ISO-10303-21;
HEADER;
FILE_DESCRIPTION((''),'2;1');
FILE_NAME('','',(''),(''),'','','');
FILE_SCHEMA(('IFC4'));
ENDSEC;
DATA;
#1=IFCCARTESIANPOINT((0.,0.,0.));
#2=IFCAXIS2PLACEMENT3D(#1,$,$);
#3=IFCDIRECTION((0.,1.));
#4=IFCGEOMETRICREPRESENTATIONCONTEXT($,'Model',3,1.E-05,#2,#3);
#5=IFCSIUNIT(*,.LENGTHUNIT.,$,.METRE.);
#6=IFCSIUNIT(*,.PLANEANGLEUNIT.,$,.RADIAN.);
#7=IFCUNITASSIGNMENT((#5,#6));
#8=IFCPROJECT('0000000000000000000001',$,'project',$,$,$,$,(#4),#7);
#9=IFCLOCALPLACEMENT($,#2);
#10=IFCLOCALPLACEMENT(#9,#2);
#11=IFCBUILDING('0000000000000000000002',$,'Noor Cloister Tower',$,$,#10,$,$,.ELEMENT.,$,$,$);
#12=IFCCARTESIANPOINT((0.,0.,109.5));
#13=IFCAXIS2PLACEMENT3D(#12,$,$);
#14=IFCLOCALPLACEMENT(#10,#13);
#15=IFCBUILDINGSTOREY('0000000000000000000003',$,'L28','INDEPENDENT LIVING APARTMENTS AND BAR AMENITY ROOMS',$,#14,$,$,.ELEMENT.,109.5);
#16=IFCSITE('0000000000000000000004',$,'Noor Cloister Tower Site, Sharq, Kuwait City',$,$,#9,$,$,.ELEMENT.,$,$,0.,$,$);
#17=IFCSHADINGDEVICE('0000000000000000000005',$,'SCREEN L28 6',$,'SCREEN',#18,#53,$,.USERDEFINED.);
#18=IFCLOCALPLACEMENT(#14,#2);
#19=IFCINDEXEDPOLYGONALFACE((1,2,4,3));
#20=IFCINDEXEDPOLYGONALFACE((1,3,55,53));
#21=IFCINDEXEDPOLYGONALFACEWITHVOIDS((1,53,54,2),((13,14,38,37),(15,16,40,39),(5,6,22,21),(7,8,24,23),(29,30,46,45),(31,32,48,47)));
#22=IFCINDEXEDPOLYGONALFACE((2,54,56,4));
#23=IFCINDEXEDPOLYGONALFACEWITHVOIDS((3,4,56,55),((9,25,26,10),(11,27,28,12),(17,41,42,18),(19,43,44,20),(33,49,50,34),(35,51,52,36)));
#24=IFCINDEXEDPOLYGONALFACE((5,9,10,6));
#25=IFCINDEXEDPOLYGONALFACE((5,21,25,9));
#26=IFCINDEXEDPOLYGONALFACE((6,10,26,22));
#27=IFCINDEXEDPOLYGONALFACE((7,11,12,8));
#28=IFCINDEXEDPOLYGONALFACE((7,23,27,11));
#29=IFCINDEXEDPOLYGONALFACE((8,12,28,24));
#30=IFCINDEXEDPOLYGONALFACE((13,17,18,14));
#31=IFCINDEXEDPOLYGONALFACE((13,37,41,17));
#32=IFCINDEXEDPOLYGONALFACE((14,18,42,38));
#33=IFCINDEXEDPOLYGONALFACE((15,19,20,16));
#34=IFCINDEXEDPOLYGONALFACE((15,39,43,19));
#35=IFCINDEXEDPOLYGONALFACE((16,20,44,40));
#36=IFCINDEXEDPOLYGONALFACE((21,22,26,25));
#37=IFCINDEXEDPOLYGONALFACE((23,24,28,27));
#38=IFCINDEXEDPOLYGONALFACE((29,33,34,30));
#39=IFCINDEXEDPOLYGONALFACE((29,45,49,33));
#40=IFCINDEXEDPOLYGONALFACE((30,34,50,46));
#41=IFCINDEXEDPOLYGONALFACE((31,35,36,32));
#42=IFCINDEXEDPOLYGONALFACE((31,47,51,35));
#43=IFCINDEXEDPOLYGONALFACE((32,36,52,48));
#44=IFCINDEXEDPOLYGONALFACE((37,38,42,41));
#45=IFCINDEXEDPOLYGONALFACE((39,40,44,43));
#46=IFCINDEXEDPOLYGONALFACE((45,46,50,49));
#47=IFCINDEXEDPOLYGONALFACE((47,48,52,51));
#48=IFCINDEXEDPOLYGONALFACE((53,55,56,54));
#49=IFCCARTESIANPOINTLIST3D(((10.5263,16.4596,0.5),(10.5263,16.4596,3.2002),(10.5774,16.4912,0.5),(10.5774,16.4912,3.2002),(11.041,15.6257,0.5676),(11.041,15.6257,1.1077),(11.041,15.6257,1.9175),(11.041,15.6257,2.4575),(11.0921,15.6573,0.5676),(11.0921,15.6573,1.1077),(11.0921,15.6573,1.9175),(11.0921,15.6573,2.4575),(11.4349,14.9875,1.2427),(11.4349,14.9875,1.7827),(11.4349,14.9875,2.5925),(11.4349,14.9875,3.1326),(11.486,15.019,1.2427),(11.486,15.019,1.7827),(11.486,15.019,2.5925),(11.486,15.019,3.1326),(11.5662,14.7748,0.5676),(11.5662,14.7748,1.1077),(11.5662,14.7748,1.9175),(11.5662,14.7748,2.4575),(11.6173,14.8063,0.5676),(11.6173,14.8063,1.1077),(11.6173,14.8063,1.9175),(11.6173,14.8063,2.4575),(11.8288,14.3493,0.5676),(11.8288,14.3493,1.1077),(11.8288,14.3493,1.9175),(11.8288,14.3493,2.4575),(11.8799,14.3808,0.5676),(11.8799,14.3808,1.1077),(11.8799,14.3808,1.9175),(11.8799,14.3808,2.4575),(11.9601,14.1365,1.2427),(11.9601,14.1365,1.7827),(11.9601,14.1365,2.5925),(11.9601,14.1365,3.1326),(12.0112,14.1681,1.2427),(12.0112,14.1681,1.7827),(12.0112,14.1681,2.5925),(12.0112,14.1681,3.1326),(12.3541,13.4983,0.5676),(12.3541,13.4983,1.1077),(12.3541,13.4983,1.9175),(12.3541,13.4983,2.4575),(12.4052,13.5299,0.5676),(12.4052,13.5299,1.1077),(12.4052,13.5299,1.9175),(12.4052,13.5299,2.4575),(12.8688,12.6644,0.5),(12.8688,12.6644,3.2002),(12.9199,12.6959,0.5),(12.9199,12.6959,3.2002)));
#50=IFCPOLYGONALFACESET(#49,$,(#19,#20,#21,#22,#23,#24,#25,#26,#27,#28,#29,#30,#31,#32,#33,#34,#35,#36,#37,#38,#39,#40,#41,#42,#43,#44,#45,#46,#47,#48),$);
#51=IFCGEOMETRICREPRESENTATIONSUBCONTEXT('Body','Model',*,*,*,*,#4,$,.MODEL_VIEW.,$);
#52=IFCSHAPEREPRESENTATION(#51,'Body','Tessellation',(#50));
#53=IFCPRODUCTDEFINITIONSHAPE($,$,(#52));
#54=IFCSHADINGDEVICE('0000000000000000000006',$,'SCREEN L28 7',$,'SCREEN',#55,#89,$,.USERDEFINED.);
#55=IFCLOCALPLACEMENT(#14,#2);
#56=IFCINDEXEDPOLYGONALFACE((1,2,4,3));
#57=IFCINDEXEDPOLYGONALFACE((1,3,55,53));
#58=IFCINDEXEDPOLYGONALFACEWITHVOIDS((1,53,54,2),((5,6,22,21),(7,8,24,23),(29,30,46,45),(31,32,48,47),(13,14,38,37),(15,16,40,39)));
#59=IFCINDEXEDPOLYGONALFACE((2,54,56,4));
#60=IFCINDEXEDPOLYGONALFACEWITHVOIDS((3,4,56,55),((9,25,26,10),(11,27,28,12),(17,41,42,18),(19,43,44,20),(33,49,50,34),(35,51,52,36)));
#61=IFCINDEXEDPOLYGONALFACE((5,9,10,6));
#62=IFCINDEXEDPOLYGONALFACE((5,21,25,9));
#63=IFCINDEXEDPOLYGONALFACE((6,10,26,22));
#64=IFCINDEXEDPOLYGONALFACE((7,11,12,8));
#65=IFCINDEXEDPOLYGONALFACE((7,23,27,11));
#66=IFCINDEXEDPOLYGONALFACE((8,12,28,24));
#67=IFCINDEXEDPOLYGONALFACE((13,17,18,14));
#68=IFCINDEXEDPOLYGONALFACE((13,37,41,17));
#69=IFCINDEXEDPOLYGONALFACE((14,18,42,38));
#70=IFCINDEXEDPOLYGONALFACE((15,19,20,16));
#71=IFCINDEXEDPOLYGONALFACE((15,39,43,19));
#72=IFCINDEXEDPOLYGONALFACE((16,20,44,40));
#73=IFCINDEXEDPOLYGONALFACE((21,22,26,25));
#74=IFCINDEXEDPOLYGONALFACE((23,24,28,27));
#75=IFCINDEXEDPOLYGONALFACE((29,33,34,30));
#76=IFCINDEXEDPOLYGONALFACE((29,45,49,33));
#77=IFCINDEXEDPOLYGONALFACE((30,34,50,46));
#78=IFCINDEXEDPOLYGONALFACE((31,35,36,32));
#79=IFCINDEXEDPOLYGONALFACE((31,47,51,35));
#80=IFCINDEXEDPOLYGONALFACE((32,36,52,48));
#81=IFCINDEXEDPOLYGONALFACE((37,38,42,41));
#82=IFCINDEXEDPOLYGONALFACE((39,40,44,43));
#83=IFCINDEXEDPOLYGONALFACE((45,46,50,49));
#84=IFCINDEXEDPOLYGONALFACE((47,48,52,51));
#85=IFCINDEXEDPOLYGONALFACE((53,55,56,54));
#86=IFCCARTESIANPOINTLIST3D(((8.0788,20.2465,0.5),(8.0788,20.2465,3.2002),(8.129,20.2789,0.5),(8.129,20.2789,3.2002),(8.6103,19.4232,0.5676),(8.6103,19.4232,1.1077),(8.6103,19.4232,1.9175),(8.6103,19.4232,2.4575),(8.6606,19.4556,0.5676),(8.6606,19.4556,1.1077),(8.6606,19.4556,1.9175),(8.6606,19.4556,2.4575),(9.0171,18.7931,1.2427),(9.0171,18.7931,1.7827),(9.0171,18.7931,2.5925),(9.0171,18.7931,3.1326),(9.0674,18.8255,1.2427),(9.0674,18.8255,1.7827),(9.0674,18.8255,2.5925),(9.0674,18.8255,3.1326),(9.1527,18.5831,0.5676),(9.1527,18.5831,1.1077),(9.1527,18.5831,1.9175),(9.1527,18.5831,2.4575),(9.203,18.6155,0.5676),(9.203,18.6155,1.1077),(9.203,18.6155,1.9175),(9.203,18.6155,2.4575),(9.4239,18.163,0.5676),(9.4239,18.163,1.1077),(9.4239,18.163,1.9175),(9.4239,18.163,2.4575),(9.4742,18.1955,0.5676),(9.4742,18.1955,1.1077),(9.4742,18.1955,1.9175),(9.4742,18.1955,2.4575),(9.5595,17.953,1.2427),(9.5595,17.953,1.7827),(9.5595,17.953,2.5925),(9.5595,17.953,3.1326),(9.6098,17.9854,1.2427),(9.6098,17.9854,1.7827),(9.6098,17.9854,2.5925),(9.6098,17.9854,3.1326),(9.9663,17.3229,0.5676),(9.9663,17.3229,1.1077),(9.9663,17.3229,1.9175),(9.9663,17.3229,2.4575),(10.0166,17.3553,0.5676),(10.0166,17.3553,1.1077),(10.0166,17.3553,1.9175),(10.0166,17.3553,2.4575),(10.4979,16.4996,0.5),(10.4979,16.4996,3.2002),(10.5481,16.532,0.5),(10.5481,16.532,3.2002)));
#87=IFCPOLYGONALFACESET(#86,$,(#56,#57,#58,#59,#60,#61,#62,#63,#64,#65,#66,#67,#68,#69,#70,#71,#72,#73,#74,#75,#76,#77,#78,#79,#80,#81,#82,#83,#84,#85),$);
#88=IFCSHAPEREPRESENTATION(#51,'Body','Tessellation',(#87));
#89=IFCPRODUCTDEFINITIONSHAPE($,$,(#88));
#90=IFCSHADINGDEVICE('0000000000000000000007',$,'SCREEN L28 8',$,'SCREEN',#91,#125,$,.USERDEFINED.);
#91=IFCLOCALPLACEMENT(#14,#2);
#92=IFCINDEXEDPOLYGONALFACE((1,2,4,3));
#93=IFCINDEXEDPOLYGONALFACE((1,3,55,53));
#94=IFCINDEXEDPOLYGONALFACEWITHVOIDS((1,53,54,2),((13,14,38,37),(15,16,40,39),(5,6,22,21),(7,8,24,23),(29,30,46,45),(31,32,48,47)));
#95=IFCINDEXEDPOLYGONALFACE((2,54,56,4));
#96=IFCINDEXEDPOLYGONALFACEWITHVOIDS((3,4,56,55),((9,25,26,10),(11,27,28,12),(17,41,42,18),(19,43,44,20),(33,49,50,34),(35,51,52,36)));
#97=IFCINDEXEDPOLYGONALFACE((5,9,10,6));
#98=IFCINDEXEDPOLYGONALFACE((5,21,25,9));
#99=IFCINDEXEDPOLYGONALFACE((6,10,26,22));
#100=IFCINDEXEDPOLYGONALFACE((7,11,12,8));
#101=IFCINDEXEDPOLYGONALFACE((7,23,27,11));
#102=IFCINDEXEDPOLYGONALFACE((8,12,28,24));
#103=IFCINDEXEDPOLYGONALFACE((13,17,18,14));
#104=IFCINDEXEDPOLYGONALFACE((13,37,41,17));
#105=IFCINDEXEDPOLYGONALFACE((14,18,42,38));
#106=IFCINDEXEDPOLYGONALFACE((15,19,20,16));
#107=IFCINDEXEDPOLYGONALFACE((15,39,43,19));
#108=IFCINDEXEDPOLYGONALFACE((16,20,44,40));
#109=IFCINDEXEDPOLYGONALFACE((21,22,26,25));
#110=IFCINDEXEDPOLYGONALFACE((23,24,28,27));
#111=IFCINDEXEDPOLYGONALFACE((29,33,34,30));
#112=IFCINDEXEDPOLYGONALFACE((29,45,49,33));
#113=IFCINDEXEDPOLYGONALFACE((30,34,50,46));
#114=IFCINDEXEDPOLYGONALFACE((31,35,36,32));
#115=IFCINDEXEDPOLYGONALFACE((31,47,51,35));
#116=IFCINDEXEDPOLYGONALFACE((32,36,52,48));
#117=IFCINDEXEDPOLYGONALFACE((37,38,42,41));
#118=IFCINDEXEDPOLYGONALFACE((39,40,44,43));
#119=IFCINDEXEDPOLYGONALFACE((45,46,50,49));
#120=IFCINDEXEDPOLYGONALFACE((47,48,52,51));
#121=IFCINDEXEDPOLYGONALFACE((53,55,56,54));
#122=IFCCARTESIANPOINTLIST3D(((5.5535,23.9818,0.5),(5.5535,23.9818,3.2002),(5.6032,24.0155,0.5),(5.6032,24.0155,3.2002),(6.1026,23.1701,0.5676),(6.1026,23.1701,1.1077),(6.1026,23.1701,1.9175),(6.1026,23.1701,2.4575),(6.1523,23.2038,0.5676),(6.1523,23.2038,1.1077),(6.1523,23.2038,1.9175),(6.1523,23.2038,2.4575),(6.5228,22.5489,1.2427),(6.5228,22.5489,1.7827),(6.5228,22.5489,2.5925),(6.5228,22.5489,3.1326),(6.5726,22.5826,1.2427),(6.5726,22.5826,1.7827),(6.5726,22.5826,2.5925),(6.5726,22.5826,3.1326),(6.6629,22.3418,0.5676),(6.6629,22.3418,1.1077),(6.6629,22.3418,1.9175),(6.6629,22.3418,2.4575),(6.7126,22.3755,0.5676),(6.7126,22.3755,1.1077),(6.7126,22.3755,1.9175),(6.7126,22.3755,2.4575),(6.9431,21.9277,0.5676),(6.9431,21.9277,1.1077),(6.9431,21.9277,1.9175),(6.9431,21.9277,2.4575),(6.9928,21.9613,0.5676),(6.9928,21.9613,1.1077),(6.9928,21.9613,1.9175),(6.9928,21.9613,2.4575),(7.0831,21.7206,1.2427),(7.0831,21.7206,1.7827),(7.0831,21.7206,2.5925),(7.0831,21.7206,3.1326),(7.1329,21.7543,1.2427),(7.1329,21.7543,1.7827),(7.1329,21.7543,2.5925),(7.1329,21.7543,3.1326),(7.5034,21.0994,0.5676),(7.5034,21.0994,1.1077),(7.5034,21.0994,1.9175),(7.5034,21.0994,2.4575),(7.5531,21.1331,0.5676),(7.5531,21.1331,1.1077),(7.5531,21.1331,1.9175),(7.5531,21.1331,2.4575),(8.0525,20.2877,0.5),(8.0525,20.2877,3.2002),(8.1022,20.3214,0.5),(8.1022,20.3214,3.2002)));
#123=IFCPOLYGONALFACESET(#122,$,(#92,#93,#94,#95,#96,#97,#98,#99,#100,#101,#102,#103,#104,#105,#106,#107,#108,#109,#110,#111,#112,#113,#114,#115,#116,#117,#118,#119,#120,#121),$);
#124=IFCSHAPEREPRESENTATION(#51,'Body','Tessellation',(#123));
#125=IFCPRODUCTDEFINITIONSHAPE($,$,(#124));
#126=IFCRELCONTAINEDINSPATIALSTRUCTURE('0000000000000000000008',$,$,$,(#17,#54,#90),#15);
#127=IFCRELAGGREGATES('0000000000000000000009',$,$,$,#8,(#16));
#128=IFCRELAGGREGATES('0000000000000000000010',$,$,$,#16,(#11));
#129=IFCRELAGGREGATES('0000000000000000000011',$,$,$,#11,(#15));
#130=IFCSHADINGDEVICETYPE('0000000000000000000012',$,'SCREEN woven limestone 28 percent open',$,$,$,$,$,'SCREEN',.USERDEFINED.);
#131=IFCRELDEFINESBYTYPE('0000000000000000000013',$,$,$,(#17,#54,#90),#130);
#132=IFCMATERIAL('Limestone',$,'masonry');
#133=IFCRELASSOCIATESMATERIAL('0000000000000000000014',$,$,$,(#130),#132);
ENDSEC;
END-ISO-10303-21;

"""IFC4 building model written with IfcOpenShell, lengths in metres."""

from ifc_helpers import new_model, si_unit, direction, frame, origin, place, context, subcontext, project, spatial, polyline, outline, extrude, material, material_profile, profile_set, type_object, element, save


model = new_model("IFC4")

# Units and contexts
model_context = context("Model", 3, precision=1e-05, world=origin(), true_north=direction((0.0, 1.0)))
body_context = subcontext(model_context, "Body", "Model", "MODEL_VIEW")
ifc_project = project(units=[si_unit("LENGTHUNIT", "METRE"), si_unit("PLANEANGLEUNIT", "RADIAN")], contexts=[model_context])

# Site, building, storey
site_placement = place(None, origin())
site = spatial("IfcSite", under=ifc_project, at=site_placement, Name="Noor Cloister Tower Site, Sharq, Kuwait City", CompositionType="ELEMENT", RefElevation=0.0)
building_placement = place(site_placement, origin())
building = spatial("IfcBuilding", under=site, at=building_placement, Name="Noor Cloister Tower", CompositionType="ELEMENT")
storey_placement = place(building_placement, frame((0.0, 0.0, 109.5)))
storey = spatial("IfcBuildingStorey", under=building, at=storey_placement, Name="L28", Description="INDEPENDENT LIVING APARTMENTS AND BAR AMENITY ROOMS", CompositionType="ELEMENT", Elevation=109.5)

# Shading devices
ifc_material_1 = material(Name="Limestone", Category="masonry")
ifc_material_profile_1 = material_profile(ifc_material_1, outline(polyline([(-2.23, -1.3501), (2.23, -1.3501), (2.23, 1.3501), (-2.23, 1.3501), (-2.23, -1.3501)]), holes=[polyline([(-1.25, -1.2825), (-0.25, -1.2825), (-0.25, -0.7424), (-1.25, -0.7424), (-1.25, -1.2825)]), polyline([(0.25, -1.2825), (1.25, -1.2825), (1.25, -0.7424), (0.25, -0.7424), (0.25, -1.2825)]), polyline([(-0.5, -0.6074), (0.5, -0.6074), (0.5, -0.0674), (-0.5, -0.0674), (-0.5, -0.6074)]), polyline([(-1.25, 0.0674), (-0.25, 0.0674), (-0.25, 0.6074), (-1.25, 0.6074), (-1.25, 0.0674)]), polyline([(0.25, 0.0674), (1.25, 0.0674), (1.25, 0.6074), (0.25, 0.6074), (0.25, 0.0674)]), polyline([(-0.5, 0.7424), (0.5, 0.7424), (0.5, 1.2825), (-0.5, 1.2825), (-0.5, 0.7424)])]), Name="Woven screen 28 percent open")
ifc_profile_set_1 = profile_set([ifc_material_profile_1], Name="Limestone")
shading_device_type = type_object("IfcShadingDeviceType", Name="SCREEN woven limestone 28 percent open", ElementType="SCREEN", PredefinedType="USERDEFINED", material=ifc_profile_set_1)
for number, where, z_axis, x_axis, name in (
    (1, (11.6975, 14.562, 1.8501), (0.850959, 0.525233, 0.0), (-0.525233, 0.850959, 0.0), "SCREEN L28 6"),
):
    element("IfcShadingDevice", number, at=place(storey_placement, frame(where, z_axis=z_axis, x_axis=x_axis)), inside=storey, type_object=shading_device_type, Name=name, ObjectType="SCREEN", PredefinedType="USERDEFINED", context=body_context, shape_type="SweptSolid", body=[
        extrude(outline(polyline([(-2.23, -1.3501), (2.23, -1.3501), (2.23, 1.3501), (-2.23, 1.3501), (-2.23, -1.3501)]), holes=[polyline([(-1.25, -1.2825), (-0.25, -1.2825), (-0.25, -0.7424), (-1.25, -0.7424), (-1.25, -1.2825)]), polyline([(0.25, -1.2825), (1.25, -1.2825), (1.25, -0.7424), (0.25, -0.7424), (0.25, -1.2825)]), polyline([(-0.5, -0.6074), (0.5, -0.6074), (0.5, -0.0674), (-0.5, -0.0674), (-0.5, -0.6074)]), polyline([(-1.25, 0.0674), (-0.25, 0.0674), (-0.25, 0.6074), (-1.25, 0.6074), (-1.25, 0.0674)]), polyline([(0.25, 0.0674), (1.25, 0.0674), (1.25, 0.6074), (0.25, 0.6074), (0.25, 0.0674)]), polyline([(-0.5, 0.7424), (0.5, 0.7424), (0.5, 1.2825), (-0.5, 1.2825), (-0.5, 0.7424)])]), origin(), (0.0, 0.0, 1.0), 0.0601),
    ])
shading_device_1_placement = place(storey_placement, frame((9.2883, 18.373, 1.8501), z_axis=(0.840117, 0.542406, 0.0), x_axis=(-0.542406, 0.840117, 0.0)))
element("IfcShadingDevice", 2, at=shading_device_1_placement, inside=storey, type_object=shading_device_type, Name="SCREEN L28 7", ObjectType="SCREEN", PredefinedType="USERDEFINED", context=body_context, shape_type="SweptSolid", body=[
    extrude(outline(polyline([(-2.23, -1.3501), (2.23, -1.3501), (2.23, 1.3501), (-2.23, 1.3501), (-2.23, -1.3501)]), holes=[polyline([(-1.25, -1.2825), (-0.25, -1.2825), (-0.25, -0.7424), (-1.25, -0.7424), (-1.25, -1.2825)]), polyline([(0.25, -1.2825), (1.25, -1.2825), (1.25, -0.7424), (0.25, -0.7424), (0.25, -1.2825)]), polyline([(-0.5, -0.6074), (0.5, -0.6074), (0.5, -0.0674), (-0.5, -0.0674), (-0.5, -0.6074)]), polyline([(-1.25, 0.0674), (-0.25, 0.0674), (-0.25, 0.6074), (-1.25, 0.6074), (-1.25, 0.0674)]), polyline([(0.25, 0.0674), (1.25, 0.0674), (1.25, 0.6074), (0.25, 0.6074), (0.25, 0.0674)]), polyline([(-0.5, 0.7424), (0.5, 0.7424), (0.5, 1.2825), (-0.5, 1.2825), (-0.5, 0.7424)])]), origin(), (0.0, 0.0, 1.0), 0.0598),
])
shading_device_2_placement = place(storey_placement, frame((6.803, 22.1348, 1.8501), z_axis=(0.828283, 0.560309, 0.0), x_axis=(-0.560309, 0.828283, 0.0)))
element("IfcShadingDevice", 3, at=shading_device_2_placement, inside=storey, type_object=shading_device_type, Name="SCREEN L28 8", ObjectType="SCREEN", PredefinedType="USERDEFINED", context=body_context, shape_type="SweptSolid", body=[
    extrude(outline(polyline([(-2.23, -1.3501), (2.23, -1.3501), (2.23, 1.3501), (-2.23, 1.3501), (-2.23, -1.3501)]), holes=[polyline([(-1.25, -1.2825), (-0.25, -1.2825), (-0.25, -0.7424), (-1.25, -0.7424), (-1.25, -1.2825)]), polyline([(0.25, -1.2825), (1.25, -1.2825), (1.25, -0.7424), (0.25, -0.7424), (0.25, -1.2825)]), polyline([(-0.5, -0.6074), (0.5, -0.6074), (0.5, -0.0674), (-0.5, -0.0674), (-0.5, -0.6074)]), polyline([(-1.25, 0.0674), (-0.25, 0.0674), (-0.25, 0.6074), (-1.25, 0.6074), (-1.25, 0.0674)]), polyline([(0.25, 0.0674), (1.25, 0.0674), (1.25, 0.6074), (0.25, 0.6074), (0.25, 0.0674)]), polyline([(-0.5, 0.7424), (0.5, 0.7424), (0.5, 1.2825), (-0.5, 1.2825), (-0.5, 0.7424)])]), origin(), (0.0, 0.0, 1.0), 0.0601),
])

save(model, "model.ifc")
